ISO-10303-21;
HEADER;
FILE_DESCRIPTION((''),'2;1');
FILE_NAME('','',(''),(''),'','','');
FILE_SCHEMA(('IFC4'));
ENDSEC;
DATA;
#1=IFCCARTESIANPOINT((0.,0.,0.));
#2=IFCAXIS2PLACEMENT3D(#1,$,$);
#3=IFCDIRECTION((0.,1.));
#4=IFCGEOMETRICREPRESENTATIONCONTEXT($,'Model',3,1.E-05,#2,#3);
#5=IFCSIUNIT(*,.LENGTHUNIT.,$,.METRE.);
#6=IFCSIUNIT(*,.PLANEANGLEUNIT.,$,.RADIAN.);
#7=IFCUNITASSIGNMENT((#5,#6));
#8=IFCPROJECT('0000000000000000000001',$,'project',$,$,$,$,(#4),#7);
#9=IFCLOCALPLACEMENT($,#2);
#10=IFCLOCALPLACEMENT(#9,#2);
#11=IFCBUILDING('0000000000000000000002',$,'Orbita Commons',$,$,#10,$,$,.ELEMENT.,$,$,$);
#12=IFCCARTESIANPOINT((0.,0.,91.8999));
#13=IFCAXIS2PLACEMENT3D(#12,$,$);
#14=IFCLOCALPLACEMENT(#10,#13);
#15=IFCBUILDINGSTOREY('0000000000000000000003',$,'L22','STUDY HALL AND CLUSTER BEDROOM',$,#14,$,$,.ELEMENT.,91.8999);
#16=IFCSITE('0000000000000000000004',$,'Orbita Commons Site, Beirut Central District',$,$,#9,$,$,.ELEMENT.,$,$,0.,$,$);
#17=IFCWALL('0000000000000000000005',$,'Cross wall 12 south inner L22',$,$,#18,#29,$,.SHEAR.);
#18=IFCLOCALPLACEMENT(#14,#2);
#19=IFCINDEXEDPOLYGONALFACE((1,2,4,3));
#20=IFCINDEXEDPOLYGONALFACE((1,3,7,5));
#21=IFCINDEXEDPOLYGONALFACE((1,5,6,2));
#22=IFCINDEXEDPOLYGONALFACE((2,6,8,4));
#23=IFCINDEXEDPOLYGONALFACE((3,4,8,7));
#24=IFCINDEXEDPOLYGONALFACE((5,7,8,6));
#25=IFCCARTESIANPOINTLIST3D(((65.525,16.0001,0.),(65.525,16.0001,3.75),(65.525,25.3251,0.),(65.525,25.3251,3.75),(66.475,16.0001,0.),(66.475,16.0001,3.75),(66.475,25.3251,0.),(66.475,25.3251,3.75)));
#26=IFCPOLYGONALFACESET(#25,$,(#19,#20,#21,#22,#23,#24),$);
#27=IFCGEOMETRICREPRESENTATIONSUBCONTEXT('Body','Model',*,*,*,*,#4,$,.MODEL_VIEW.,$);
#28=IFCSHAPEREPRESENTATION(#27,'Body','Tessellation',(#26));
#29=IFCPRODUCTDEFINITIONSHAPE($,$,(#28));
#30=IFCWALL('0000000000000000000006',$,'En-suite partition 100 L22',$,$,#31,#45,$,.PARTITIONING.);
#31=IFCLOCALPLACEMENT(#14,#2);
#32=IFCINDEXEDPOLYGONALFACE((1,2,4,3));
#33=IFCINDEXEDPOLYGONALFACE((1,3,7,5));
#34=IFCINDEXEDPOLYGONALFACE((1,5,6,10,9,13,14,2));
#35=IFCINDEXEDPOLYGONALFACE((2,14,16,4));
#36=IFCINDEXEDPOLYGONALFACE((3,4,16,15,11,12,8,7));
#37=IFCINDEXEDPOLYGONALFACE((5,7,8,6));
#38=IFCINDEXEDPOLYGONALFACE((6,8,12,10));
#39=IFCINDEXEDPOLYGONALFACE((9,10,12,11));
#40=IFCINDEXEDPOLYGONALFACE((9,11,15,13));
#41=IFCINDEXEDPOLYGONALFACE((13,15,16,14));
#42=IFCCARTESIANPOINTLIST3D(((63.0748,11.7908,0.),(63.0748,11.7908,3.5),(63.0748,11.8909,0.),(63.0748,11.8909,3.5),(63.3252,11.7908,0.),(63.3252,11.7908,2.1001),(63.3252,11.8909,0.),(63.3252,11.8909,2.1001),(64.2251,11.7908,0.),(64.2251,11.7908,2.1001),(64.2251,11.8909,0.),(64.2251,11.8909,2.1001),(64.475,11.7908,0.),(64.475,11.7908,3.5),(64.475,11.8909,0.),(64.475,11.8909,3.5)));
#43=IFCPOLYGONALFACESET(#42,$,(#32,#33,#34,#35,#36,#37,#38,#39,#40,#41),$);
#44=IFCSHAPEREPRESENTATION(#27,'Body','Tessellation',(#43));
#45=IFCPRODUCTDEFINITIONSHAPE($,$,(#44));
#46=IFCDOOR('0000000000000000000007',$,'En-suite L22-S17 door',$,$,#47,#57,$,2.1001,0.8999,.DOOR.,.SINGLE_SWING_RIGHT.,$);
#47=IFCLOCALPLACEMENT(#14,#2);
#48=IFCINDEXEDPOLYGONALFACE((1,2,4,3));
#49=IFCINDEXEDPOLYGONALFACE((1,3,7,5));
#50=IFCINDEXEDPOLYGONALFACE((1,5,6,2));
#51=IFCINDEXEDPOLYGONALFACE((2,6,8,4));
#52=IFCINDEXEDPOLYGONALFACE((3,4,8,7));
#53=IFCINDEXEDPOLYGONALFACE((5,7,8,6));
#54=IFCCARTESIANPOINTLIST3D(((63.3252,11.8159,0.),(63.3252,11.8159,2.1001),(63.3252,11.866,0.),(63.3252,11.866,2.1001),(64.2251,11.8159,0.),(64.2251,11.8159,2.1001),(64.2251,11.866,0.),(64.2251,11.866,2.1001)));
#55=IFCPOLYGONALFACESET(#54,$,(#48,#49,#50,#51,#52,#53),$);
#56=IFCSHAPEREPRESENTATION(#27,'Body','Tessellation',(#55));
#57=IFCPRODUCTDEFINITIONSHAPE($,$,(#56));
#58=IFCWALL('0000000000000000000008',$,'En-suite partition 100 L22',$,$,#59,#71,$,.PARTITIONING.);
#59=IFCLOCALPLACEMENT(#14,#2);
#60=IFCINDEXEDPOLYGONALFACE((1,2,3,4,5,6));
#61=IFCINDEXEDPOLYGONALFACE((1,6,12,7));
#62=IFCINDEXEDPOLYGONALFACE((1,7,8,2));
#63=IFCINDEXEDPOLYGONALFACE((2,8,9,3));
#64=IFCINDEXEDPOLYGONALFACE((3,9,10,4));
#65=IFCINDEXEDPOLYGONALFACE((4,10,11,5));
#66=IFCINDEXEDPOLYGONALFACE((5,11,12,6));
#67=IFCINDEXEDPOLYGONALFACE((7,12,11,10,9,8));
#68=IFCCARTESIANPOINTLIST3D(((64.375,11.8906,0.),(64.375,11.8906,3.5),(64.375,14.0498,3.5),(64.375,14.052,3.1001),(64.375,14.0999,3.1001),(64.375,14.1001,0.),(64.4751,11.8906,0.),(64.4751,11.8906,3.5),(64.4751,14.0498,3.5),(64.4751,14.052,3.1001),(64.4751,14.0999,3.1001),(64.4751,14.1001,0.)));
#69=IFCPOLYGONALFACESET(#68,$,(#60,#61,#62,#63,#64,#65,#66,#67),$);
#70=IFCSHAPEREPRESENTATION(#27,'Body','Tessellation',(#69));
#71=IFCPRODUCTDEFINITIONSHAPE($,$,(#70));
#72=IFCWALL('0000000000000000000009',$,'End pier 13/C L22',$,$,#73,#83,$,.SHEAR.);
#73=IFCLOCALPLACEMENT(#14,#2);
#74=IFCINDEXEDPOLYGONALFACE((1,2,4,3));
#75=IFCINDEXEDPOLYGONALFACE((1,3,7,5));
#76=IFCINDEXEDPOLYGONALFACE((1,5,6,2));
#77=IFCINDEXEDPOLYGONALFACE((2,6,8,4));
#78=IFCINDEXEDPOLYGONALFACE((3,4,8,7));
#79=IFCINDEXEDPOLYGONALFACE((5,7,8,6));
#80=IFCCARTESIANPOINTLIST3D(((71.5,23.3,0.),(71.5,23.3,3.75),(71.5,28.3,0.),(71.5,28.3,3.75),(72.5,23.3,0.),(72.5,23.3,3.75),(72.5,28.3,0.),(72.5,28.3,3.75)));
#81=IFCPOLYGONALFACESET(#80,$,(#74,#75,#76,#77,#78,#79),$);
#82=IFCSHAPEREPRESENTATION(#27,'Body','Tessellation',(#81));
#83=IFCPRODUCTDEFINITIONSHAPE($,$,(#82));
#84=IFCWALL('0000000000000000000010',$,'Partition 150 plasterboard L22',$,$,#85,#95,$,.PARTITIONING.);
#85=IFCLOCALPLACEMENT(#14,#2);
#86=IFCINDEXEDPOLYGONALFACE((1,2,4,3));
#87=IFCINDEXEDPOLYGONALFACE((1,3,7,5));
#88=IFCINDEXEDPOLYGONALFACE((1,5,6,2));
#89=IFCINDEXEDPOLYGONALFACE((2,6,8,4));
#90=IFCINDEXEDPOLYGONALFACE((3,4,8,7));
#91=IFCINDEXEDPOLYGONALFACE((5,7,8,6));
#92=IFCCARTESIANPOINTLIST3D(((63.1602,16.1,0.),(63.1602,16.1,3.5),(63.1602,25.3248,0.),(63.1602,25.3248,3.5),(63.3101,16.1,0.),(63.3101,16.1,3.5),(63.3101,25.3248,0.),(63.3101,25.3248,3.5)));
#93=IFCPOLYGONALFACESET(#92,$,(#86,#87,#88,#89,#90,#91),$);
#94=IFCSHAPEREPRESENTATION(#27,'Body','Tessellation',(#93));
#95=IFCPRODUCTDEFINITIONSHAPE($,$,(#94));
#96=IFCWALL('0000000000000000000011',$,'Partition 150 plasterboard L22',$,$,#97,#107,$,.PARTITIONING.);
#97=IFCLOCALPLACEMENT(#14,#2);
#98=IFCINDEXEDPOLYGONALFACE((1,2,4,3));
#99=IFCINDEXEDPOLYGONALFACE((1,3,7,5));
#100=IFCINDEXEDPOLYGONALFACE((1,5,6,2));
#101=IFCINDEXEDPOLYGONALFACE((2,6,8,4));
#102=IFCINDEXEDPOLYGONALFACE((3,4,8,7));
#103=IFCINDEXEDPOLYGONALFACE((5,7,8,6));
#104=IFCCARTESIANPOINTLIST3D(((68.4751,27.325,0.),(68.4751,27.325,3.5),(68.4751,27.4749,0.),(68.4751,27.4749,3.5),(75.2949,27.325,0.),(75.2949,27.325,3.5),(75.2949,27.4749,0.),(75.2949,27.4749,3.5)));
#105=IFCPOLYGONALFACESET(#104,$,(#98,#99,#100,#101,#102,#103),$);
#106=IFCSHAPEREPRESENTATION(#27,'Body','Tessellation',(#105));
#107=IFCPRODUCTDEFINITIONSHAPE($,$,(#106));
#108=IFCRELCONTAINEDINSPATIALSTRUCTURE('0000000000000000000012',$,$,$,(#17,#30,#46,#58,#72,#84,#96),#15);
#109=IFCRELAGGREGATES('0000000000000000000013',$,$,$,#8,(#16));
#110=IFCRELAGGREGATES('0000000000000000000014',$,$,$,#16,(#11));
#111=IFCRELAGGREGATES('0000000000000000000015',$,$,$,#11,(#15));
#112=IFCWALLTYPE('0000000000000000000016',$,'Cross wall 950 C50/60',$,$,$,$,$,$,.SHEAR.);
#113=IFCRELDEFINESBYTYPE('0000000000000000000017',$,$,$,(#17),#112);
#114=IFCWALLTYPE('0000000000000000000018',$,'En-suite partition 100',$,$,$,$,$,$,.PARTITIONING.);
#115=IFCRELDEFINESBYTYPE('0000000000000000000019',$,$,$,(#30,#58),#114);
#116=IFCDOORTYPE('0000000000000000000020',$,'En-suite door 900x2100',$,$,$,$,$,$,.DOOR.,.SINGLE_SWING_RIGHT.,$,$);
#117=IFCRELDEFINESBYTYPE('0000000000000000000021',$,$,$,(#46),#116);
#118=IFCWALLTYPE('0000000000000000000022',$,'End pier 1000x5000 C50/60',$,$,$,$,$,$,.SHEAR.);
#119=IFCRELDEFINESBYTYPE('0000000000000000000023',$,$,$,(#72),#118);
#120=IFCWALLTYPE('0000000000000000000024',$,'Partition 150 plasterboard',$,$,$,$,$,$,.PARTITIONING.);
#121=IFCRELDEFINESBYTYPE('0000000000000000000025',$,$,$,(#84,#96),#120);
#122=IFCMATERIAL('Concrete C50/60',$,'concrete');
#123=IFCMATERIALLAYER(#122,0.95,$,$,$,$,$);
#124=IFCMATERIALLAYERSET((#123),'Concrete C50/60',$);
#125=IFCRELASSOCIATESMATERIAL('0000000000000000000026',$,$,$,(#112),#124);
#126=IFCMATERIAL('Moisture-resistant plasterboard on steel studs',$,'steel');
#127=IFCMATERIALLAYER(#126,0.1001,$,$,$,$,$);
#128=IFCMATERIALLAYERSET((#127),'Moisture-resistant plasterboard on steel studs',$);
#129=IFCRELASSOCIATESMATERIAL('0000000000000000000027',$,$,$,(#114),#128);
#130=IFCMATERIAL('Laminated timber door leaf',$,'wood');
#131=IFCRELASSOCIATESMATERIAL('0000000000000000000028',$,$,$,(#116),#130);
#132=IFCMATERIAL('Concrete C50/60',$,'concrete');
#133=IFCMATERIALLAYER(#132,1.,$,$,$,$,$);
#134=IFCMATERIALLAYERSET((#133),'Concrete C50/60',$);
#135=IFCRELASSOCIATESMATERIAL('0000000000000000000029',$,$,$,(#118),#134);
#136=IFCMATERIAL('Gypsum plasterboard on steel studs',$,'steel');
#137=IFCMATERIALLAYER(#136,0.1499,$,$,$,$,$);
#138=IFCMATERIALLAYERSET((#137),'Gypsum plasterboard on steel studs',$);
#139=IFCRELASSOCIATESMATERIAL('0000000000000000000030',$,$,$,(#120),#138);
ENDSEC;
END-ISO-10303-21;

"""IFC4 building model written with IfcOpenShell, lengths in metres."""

from ifc_helpers import new_model, si_unit, direction, frame, frame_2d, origin, place, context, subcontext, project, spatial, polyline, rectangle, outline, extrude, material, layer, layer_set, type_object, element, fill, save


model = new_model("IFC4")

# Units and contexts
model_context = context("Model", 3, precision=1e-05, world=origin(), true_north=direction((0.0, 1.0)))
body_context = subcontext(model_context, "Body", "Model", "MODEL_VIEW")
ifc_project = project(units=[si_unit("LENGTHUNIT", "METRE"), si_unit("PLANEANGLEUNIT", "RADIAN")], contexts=[model_context])

# Site, building, storey
site_placement = place(None, origin())
site = spatial("IfcSite", under=ifc_project, at=site_placement, Name="Orbita Commons Site, Beirut Central District", CompositionType="ELEMENT", RefElevation=0.0)
building_placement = place(site_placement, origin())
building = spatial("IfcBuilding", under=site, at=building_placement, Name="Orbita Commons", CompositionType="ELEMENT")
storey_placement = place(building_placement, frame((0.0, 0.0, 91.8999)))
storey = spatial("IfcBuildingStorey", under=building, at=storey_placement, Name="L22", Description="STUDY HALL AND CLUSTER BEDROOM", CompositionType="ELEMENT", Elevation=91.8999)

# Wall
ifc_material_1 = material(Name="Concrete C50/60", Category="concrete")
ifc_layer_1 = layer(ifc_material_1, 0.95)
ifc_layer_set_1 = layer_set([ifc_layer_1], Name="Concrete C50/60")
wall_type_1 = type_object("IfcWallType", Name="Cross wall 950 C50/60", PredefinedType="SHEAR", material=ifc_layer_set_1)
wall_1_placement = place(storey_placement, frame((66.0, 16.0, 0.0), z_axis=(0.0, 0.0, 1.0), x_axis=(0.0, 1.0, 0.0)))
element("IfcWall", 1, at=wall_1_placement, inside=storey, type_object=wall_type_1, Name="Cross wall 12 south inner L22", PredefinedType="SHEAR", context=body_context, shape_type="SweptSolid", body=[
    extrude(rectangle(XDim=9.325, YDim=0.95, at=frame_2d((4.6626, 0.0))), origin(), (0.0, 0.0, 1.0), 3.75),
])

# Wall, opening, door
ifc_material_2 = material(Name="Moisture-resistant plasterboard on steel studs", Category="steel")
ifc_layer_2 = layer(ifc_material_2, 0.1001)
ifc_layer_set_2 = layer_set([ifc_layer_2], Name="Moisture-resistant plasterboard on steel studs")
wall_type_2 = type_object("IfcWallType", Name="En-suite partition 100", PredefinedType="PARTITIONING", material=ifc_layer_set_2)
wall_2_placement = place(storey_placement, frame((64.4751, 11.8408, 0.0), z_axis=(0.0, 0.0, 1.0), x_axis=(-1.0, 0.0, 0.0)))
wall_2 = element("IfcWall", 2, at=wall_2_placement, inside=storey, type_object=wall_type_2, Name="En-suite partition 100 L22", PredefinedType="PARTITIONING", context=body_context, shape_type="SweptSolid", body=[
    extrude(rectangle(XDim=1.4001, YDim=0.1001, at=frame_2d((0.7002, 0.0))), origin(), (0.0, 0.0, 1.0), 3.5),
])
opening_1_placement = place(wall_2_placement, frame((0.25, 0.0, 0.0)))
opening_1 = element("IfcOpeningElement", 3, at=opening_1_placement, cuts=wall_2, PredefinedType="OPENING", context=body_context, shape_type="SweptSolid", body=[
    extrude(rectangle(XDim=0.8999, YDim=2.1001, at=frame_2d((0.45, 1.05))), frame((0.0, 0.0601, 0.0), z_axis=(0.0, -1.0, 0.0), x_axis=(1.0, 0.0, 0.0)), (0.0, 0.0, 1.0), 0.1201),
])
ifc_material_3 = material(Name="Laminated timber door leaf", Category="wood")
door_type_1 = type_object("IfcDoorType", Name="En-suite door 900x2100", OperationType="SINGLE_SWING_RIGHT", PredefinedType="DOOR", material=ifc_material_3)
door_1_placement = place(opening_1_placement, origin())
door_1 = element("IfcDoor", 4, at=door_1_placement, inside=storey, type_object=door_type_1, Name="En-suite L22-S17 door", OperationType="SINGLE_SWING_RIGHT", OverallHeight=2.1001, OverallWidth=0.8999, PredefinedType="DOOR", context=body_context, shape_type="SweptSolid", body=[
    extrude(rectangle(XDim=0.8999, YDim=2.1001, at=frame_2d((0.45, 1.05))), frame((0.0, 0.0249, 0.0), z_axis=(0.0, -1.0, 0.0), x_axis=(1.0, 0.0, 0.0)), (0.0, 0.0, 1.0), 0.05),
])
fill(opening_1, door_1)

# Walls
wall_3_placement = place(storey_placement, frame((64.425, 11.8906, 0.0), z_axis=(0.0, 0.0, 1.0), x_axis=(0.0, 1.0, 0.0)))
element("IfcWall", 5, at=wall_3_placement, inside=storey, type_object=wall_type_2, Name="En-suite partition 100 L22", PredefinedType="PARTITIONING", context=body_context, shape_type="SweptSolid", body=[
    extrude(outline(polyline([(0.0, 0.0), (2.2095, 0.0), (2.2092, 3.1001), (2.1614, 3.1001), (2.1592, 3.5), (0.0, 3.5), (0.0, 0.0)])), frame((0.0, 0.05, 0.0), z_axis=(0.0, -1.0, 0.0), x_axis=(1.0, 0.0, 0.0)), (0.0, 0.0, 1.0), 0.1001),
])
ifc_material_4 = material(Name="Concrete C50/60", Category="concrete")
ifc_layer_3 = layer(ifc_material_4, 1.0)
ifc_layer_set_3 = layer_set([ifc_layer_3], Name="Concrete C50/60")
wall_type_3 = type_object("IfcWallType", Name="End pier 1000x5000 C50/60", PredefinedType="SHEAR", material=ifc_layer_set_3)
wall_4_placement = place(storey_placement, frame((72.0, 23.3, 0.0), z_axis=(0.0, 0.0, 1.0), x_axis=(0.0, 1.0, 0.0)))
element("IfcWall", 6, at=wall_4_placement, inside=storey, type_object=wall_type_3, Name="End pier 13/C L22", PredefinedType="SHEAR", context=body_context, shape_type="SweptSolid", body=[
    extrude(rectangle(XDim=5.0, YDim=1.0, at=frame_2d((2.5, 0.0))), origin(), (0.0, 0.0, 1.0), 3.75),
])
ifc_material_5 = material(Name="Gypsum plasterboard on steel studs", Category="steel")
ifc_layer_4 = layer(ifc_material_5, 0.1499)
ifc_layer_set_4 = layer_set([ifc_layer_4], Name="Gypsum plasterboard on steel studs")
wall_type_4 = type_object("IfcWallType", Name="Partition 150 plasterboard", PredefinedType="PARTITIONING", material=ifc_layer_set_4)
wall_5_placement = place(storey_placement, frame((63.2351, 16.1001, 0.0), z_axis=(0.0, 0.0, 1.0), x_axis=(0.0, 1.0, 0.0)))
element("IfcWall", 7, at=wall_5_placement, inside=storey, type_object=wall_type_4, Name="Partition 150 plasterboard L22", PredefinedType="PARTITIONING", context=body_context, shape_type="SweptSolid", body=[
    extrude(rectangle(XDim=9.2249, YDim=0.1499, at=frame_2d((4.6123, 0.0))), origin(), (0.0, 0.0, 1.0), 3.5),
])
wall_6_placement = place(storey_placement, frame((68.4751, 27.3999, 0.0), z_axis=(0.0, 0.0, 1.0), x_axis=(1.0, 0.0, 0.0)))
element("IfcWall", 8, at=wall_6_placement, inside=storey, type_object=wall_type_4, Name="Partition 150 plasterboard L22", PredefinedType="PARTITIONING", context=body_context, shape_type="SweptSolid", body=[
    extrude(rectangle(XDim=6.8198, YDim=0.1499, at=frame_2d((3.4099, 0.0))), origin(), (0.0, 0.0, 1.0), 3.5),
])

save(model, "model.ifc")
